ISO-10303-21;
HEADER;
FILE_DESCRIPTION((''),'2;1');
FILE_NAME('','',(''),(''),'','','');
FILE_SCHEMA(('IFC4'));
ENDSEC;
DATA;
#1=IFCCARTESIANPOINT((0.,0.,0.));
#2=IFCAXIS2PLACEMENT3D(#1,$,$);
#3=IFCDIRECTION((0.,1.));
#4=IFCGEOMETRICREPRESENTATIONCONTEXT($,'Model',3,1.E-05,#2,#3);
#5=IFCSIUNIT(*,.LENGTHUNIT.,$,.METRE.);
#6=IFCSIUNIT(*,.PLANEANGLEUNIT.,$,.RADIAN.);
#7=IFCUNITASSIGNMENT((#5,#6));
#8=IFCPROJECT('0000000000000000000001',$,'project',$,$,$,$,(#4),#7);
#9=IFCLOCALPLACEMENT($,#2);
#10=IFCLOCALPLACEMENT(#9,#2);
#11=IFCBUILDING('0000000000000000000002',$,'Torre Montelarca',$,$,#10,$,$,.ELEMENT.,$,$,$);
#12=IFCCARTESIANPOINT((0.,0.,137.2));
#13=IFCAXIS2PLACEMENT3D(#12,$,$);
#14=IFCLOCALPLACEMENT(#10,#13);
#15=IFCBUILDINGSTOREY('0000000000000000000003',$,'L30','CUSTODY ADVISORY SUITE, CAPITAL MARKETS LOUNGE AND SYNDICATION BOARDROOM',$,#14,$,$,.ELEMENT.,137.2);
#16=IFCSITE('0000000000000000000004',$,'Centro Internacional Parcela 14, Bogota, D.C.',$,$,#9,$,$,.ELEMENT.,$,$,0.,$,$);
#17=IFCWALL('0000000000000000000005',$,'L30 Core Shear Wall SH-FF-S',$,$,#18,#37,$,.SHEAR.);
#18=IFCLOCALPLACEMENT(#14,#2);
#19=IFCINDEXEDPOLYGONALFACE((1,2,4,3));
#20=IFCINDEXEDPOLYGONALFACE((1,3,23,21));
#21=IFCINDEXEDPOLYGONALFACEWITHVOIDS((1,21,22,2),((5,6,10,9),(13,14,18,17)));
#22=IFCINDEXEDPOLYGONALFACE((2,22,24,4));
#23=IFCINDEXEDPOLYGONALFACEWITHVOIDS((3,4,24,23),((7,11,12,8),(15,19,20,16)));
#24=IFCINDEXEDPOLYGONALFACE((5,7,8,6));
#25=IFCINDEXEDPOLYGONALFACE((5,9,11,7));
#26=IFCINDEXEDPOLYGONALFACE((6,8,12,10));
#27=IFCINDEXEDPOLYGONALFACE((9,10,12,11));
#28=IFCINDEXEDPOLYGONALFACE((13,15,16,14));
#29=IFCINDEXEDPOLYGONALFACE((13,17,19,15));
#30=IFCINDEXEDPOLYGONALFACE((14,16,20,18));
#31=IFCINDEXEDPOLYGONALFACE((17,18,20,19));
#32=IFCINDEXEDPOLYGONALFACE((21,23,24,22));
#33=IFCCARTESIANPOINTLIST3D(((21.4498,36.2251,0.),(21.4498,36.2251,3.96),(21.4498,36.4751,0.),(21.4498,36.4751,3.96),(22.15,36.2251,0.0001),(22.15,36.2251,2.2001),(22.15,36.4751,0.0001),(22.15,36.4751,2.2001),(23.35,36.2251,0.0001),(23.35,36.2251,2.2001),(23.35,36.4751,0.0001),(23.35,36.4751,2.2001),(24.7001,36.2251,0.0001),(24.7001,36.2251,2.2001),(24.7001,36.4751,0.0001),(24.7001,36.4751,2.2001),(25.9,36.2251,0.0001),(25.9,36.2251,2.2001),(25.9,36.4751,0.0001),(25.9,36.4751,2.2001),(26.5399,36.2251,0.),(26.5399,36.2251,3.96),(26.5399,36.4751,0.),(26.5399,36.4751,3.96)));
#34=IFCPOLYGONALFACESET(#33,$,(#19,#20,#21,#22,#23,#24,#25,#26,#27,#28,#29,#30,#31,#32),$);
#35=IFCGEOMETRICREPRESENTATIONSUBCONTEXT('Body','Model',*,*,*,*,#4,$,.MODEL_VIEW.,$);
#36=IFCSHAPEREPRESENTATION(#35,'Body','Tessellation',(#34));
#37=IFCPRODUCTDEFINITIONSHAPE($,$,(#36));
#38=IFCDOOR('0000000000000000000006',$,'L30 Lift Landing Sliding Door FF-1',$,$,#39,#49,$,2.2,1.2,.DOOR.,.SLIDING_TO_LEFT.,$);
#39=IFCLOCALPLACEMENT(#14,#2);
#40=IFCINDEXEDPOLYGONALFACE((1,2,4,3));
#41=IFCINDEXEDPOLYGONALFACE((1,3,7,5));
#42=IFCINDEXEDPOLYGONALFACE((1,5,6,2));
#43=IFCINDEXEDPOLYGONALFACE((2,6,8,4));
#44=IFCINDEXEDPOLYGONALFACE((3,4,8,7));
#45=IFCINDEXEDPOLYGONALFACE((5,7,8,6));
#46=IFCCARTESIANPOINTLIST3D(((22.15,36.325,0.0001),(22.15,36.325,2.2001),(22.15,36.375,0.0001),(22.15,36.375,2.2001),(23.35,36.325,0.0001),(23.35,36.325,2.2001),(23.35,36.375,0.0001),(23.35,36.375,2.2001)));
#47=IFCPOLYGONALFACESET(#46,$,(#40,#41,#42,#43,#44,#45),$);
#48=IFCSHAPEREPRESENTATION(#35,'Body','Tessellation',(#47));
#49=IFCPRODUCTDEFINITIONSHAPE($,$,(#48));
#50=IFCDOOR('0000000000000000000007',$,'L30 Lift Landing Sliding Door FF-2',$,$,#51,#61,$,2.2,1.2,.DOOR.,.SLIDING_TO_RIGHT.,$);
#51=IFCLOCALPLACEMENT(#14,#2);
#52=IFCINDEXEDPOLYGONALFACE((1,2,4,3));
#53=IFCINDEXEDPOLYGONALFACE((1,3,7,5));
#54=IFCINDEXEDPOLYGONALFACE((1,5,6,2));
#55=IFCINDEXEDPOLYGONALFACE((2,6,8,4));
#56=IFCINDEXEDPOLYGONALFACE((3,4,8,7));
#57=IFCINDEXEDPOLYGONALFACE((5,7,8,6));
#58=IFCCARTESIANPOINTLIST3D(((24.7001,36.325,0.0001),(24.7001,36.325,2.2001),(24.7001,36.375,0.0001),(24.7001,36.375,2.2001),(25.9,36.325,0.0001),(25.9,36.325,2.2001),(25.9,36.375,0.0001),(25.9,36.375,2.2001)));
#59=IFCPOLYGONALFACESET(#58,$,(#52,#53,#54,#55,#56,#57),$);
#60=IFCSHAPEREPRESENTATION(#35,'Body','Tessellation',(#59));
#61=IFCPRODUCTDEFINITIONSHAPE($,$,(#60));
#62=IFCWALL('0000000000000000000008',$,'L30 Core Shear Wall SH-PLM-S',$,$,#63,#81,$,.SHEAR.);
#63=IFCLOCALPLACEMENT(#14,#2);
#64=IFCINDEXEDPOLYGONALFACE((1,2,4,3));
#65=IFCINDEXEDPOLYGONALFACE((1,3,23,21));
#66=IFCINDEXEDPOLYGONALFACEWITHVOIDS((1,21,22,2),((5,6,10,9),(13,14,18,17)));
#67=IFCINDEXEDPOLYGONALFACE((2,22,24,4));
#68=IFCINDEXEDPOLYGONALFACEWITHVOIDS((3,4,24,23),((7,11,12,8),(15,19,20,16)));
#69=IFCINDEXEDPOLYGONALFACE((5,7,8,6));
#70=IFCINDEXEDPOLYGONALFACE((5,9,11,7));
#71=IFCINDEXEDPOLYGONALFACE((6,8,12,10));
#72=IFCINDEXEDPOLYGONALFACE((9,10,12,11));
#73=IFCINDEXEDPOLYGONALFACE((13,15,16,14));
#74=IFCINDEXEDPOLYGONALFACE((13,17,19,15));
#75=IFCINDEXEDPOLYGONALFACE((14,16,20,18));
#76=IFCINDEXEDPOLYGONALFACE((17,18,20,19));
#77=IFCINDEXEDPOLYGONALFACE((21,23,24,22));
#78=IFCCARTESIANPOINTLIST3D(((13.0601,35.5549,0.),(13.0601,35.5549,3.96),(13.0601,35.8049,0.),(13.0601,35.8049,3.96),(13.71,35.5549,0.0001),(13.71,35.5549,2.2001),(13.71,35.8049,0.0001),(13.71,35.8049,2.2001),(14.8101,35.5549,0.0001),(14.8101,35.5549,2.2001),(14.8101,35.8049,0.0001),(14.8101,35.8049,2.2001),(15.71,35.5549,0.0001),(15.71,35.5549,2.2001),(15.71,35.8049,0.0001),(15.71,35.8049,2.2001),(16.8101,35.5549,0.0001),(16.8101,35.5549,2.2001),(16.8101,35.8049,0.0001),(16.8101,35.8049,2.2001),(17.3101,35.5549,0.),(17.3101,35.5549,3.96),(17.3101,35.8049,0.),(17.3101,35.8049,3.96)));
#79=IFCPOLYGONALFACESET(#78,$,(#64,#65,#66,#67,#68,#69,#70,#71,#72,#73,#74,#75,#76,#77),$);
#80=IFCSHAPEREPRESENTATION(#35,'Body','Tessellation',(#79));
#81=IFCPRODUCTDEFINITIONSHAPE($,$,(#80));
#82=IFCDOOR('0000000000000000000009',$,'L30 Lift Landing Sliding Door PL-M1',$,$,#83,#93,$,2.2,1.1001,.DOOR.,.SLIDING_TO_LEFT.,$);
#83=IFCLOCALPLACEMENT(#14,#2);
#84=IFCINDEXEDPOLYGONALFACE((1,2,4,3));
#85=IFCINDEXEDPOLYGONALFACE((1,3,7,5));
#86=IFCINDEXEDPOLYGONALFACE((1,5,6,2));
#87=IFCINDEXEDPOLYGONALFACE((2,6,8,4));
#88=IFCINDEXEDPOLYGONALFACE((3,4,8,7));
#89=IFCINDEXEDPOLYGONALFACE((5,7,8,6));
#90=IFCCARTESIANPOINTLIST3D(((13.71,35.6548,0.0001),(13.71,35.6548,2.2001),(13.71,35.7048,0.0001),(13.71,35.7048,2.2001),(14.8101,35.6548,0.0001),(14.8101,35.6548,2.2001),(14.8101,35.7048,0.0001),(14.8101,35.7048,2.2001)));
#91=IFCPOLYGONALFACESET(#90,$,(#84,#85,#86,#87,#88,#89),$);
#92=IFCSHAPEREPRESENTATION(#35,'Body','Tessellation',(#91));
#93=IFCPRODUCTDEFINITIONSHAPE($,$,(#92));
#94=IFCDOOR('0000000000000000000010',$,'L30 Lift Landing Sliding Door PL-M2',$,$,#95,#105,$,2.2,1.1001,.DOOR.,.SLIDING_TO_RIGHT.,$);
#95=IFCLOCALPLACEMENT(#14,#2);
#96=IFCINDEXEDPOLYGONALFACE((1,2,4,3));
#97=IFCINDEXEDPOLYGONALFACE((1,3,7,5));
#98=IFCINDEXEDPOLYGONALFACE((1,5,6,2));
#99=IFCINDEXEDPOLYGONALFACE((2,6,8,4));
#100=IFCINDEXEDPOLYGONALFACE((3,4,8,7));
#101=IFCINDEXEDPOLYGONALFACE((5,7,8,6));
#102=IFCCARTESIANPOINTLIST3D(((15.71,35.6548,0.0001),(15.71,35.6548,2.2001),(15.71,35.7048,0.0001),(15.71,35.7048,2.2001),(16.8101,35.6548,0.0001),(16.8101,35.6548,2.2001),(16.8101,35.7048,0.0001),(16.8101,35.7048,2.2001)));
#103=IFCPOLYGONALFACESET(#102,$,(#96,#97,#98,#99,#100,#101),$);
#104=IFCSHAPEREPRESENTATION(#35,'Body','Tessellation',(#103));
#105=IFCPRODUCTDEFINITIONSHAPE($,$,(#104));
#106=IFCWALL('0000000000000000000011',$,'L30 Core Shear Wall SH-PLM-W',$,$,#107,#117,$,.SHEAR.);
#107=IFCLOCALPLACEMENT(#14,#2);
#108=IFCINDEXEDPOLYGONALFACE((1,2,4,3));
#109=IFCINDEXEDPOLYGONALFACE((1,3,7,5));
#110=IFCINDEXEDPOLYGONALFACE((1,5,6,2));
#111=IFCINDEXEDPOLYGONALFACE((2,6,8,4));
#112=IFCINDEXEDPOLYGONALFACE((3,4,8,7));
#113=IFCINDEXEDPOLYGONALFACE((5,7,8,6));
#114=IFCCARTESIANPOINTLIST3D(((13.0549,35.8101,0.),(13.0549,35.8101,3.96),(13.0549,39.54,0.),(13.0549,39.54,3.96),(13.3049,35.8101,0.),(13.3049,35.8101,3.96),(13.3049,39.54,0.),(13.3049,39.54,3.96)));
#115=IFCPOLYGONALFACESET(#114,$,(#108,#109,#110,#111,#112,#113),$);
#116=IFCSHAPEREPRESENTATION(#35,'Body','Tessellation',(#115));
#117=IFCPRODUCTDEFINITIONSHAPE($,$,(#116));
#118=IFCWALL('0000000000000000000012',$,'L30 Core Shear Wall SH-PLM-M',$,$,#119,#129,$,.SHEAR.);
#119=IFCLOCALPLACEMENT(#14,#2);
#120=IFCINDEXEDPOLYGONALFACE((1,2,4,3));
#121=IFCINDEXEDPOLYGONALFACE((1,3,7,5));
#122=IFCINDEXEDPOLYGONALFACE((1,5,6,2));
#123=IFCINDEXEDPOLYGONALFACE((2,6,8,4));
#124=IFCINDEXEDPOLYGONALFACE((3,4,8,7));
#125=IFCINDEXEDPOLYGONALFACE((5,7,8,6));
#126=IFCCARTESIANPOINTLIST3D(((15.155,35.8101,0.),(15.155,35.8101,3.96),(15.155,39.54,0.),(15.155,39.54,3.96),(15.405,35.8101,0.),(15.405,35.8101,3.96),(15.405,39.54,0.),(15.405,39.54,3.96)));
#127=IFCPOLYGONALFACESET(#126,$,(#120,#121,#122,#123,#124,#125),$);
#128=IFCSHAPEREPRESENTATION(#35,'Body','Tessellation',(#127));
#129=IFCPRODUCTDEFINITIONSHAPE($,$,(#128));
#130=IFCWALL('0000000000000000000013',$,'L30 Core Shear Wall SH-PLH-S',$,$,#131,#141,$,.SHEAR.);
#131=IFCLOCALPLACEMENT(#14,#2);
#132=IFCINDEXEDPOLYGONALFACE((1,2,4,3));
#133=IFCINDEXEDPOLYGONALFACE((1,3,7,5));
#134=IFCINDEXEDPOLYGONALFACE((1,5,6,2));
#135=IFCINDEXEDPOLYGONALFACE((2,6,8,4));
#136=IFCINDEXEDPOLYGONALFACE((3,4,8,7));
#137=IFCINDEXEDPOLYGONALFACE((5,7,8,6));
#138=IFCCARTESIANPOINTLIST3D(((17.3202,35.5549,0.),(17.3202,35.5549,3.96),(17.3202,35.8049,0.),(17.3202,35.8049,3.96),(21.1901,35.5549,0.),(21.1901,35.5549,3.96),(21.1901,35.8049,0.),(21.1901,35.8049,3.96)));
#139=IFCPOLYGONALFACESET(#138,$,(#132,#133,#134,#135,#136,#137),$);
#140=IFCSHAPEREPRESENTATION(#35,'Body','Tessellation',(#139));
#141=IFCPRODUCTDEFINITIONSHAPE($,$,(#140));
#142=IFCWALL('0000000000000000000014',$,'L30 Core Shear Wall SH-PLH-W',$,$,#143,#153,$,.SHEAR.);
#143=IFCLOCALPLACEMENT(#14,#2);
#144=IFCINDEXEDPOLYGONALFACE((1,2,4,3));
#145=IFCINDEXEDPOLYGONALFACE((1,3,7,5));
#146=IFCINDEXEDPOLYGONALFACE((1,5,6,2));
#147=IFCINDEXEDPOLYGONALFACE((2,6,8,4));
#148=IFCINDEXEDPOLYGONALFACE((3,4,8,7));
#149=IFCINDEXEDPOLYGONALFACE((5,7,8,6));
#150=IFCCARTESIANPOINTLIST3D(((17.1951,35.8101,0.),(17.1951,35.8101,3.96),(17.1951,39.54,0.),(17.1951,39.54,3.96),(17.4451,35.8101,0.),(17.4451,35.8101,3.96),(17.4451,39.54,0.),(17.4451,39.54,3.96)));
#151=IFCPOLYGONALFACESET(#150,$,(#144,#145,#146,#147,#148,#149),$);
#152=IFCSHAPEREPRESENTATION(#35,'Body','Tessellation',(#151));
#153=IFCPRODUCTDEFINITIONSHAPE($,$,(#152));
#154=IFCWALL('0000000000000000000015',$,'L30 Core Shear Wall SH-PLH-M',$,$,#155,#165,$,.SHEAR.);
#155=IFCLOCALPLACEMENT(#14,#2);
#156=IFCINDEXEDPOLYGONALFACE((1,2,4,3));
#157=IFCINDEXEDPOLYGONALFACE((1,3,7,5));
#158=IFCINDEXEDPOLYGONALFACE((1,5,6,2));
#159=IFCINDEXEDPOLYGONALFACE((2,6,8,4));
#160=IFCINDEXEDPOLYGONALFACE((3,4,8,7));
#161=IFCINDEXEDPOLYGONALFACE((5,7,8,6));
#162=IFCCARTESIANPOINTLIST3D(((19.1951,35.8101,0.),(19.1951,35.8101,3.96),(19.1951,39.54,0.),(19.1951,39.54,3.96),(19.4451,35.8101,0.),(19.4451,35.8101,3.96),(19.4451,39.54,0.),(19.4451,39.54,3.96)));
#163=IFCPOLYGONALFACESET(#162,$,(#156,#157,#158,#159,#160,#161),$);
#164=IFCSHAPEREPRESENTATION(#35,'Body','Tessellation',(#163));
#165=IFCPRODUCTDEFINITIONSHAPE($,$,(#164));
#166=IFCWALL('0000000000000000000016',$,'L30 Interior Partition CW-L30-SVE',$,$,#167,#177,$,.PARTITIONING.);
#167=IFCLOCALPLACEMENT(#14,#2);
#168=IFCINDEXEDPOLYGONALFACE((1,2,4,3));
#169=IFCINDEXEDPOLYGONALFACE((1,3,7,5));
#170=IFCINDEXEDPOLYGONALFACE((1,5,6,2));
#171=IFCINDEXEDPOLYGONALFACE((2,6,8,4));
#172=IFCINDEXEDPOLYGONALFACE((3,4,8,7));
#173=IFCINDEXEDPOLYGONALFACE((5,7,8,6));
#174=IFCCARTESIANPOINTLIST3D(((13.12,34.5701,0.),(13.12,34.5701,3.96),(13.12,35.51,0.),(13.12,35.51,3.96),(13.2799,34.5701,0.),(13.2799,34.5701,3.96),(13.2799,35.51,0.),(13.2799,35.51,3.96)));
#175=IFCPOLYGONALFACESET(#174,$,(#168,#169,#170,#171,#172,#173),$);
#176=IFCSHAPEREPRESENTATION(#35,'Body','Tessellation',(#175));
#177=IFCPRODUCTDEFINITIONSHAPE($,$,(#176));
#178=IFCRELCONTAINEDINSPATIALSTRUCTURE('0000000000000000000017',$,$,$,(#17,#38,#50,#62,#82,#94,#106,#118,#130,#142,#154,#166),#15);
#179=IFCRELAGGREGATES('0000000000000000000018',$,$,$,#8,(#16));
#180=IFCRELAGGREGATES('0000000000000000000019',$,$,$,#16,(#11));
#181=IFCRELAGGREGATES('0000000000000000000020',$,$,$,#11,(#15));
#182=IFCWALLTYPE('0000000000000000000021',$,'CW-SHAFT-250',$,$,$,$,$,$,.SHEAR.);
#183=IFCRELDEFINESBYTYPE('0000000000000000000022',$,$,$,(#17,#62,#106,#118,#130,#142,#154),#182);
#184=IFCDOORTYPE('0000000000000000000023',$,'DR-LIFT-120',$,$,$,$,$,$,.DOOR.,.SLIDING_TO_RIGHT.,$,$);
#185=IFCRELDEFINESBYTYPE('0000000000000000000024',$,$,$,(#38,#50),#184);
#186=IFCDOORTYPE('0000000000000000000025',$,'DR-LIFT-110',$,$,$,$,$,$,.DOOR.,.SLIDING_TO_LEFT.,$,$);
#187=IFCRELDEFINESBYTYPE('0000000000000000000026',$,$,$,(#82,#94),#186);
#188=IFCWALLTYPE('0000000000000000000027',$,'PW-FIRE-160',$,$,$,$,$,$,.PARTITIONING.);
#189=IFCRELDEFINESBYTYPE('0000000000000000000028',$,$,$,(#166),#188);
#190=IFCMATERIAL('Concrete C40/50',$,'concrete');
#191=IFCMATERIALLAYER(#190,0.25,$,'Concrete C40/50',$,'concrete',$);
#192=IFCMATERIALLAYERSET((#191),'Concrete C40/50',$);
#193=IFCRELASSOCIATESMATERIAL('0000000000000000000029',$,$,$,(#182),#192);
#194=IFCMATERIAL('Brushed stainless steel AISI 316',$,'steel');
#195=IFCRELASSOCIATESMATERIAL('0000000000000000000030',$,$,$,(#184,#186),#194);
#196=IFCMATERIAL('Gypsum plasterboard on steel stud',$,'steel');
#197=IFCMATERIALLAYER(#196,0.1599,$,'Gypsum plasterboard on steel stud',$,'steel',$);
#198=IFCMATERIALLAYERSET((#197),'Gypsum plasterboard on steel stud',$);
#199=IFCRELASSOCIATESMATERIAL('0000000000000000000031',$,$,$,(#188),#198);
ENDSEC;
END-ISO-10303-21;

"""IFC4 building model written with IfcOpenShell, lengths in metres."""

from ifc_helpers import new_model, si_unit, direction, frame, frame_2d, origin, place, context, subcontext, project, spatial, rectangle, extrude, source, transform, mapped, material, layer, layer_set, type_object, element, fill, save


model = new_model("IFC4")

# Units and contexts
model_context = context("Model", 3, precision=1e-05, world=origin(), true_north=direction((0.0, 1.0)))
body_context = subcontext(model_context, "Body", "Model", "MODEL_VIEW")
ifc_project = project(units=[si_unit("LENGTHUNIT", "METRE"), si_unit("PLANEANGLEUNIT", "RADIAN")], contexts=[model_context])

# Site, building, storey
site_placement = place(None, origin())
site = spatial("IfcSite", under=ifc_project, at=site_placement, Name="Centro Internacional Parcela 14, Bogota, D.C.", CompositionType="ELEMENT", RefElevation=0.0)
building_placement = place(site_placement, origin())
building = spatial("IfcBuilding", under=site, at=building_placement, Name="Torre Montelarca", CompositionType="ELEMENT")
storey_placement = place(building_placement, frame((0.0, 0.0, 137.2)))
storey = spatial("IfcBuildingStorey", under=building, at=storey_placement, Name="L30", Description="CUSTODY ADVISORY SUITE, CAPITAL MARKETS LOUNGE AND SYNDICATION BOARDROOM", CompositionType="ELEMENT", Elevation=137.2)

# Shared definitions
ifc_material_1 = material(Name="Concrete C40/50", Category="concrete")
ifc_layer_1 = layer(ifc_material_1, 0.25, Name="Concrete C40/50", Category="concrete")
ifc_layer_set_1 = layer_set([ifc_layer_1], Name="Concrete C40/50")
wall_type_1 = type_object("IfcWallType", Name="CW-SHAFT-250", PredefinedType="SHEAR", material=ifc_layer_set_1)

# Walls, openings, doors
wall_1_placement = place(storey_placement, frame((21.45, 36.3501, 0.0), z_axis=(0.0, 0.0, 1.0), x_axis=(1.0, 0.0, 0.0)))
wall_1 = element("IfcWall", 1, at=wall_1_placement, inside=storey, type_object=wall_type_1, Name="L30 Core Shear Wall SH-FF-S", PredefinedType="SHEAR", context=body_context, shape_type="SweptSolid", body=[
    extrude(rectangle(XDim=5.0901, YDim=0.25, at=frame_2d((2.5449, 0.0))), origin(), (0.0, 0.0, 1.0), 3.96),
])
opening_1_placement = place(wall_1_placement, frame((0.7, 0.0, 0.0)))
opening_1 = element("IfcOpeningElement", 2, at=opening_1_placement, cuts=wall_1, PredefinedType="OPENING", context=body_context, shape_type="SweptSolid", body=[
    extrude(rectangle(XDim=1.2, YDim=2.2, at=frame_2d((0.6001, 1.1001))), frame((0.0, 0.135, 0.0), z_axis=(0.0, -1.0, 0.0), x_axis=(1.0, 0.0, 0.0)), (0.0, 0.0, 1.0), 0.27),
])
opening_2_placement = place(wall_1_placement, frame((3.25, 0.0, 0.0)))
opening_2 = element("IfcOpeningElement", 3, at=opening_2_placement, cuts=wall_1, PredefinedType="OPENING", context=body_context, shape_type="SweptSolid", body=[
    extrude(rectangle(XDim=1.2, YDim=2.2, at=frame_2d((0.6001, 1.1001))), frame((0.0, 0.135, 0.0), z_axis=(0.0, -1.0, 0.0), x_axis=(1.0, 0.0, 0.0)), (0.0, 0.0, 1.0), 0.27),
])
ifc_material_2 = material(Name="Brushed stainless steel AISI 316", Category="steel")
door_type_1 = type_object("IfcDoorType", Name="DR-LIFT-120", OperationType="SLIDING_TO_RIGHT", PredefinedType="DOOR", material=ifc_material_2)
shared_shape_1 = source(origin(), body_context, "Body", "SweptSolid", [
    extrude(rectangle(XDim=1.2, YDim=2.2, at=frame_2d((0.6001, 1.1001))), frame((0.0, 0.0249, 0.0), z_axis=(0.0, -1.0, 0.0), x_axis=(1.0, 0.0, 0.0)), (0.0, 0.0, 1.0), 0.05),
])
door_1_placement = place(opening_1_placement, origin())
door_1 = element("IfcDoor", 4, at=door_1_placement, inside=storey, type_object=door_type_1, Name="L30 Lift Landing Sliding Door FF-1", OperationType="SLIDING_TO_LEFT", OverallHeight=2.2, OverallWidth=1.2, PredefinedType="DOOR", context=body_context, shape_type="MappedRepresentation", body=[
    mapped(shared_shape_1, transform((0.0, 0.0, 0.0), scale=1.0)),
])
fill(opening_1, door_1)
door_2_placement = place(opening_2_placement, origin())
door_2 = element("IfcDoor", 5, at=door_2_placement, inside=storey, type_object=door_type_1, Name="L30 Lift Landing Sliding Door FF-2", OperationType="SLIDING_TO_RIGHT", OverallHeight=2.2, OverallWidth=1.2, PredefinedType="DOOR", context=body_context, shape_type="MappedRepresentation", body=[
    mapped(shared_shape_1, transform((0.0, 0.0, 0.0), scale=1.0)),
])
fill(opening_2, door_2)
wall_2_placement = place(storey_placement, frame((13.0601, 35.6799, 0.0), z_axis=(0.0, 0.0, 1.0), x_axis=(1.0, 0.0, 0.0)))
wall_2 = element("IfcWall", 6, at=wall_2_placement, inside=storey, type_object=wall_type_1, Name="L30 Core Shear Wall SH-PLM-S", PredefinedType="SHEAR", context=body_context, shape_type="SweptSolid", body=[
    extrude(rectangle(XDim=4.25, YDim=0.25, at=frame_2d((2.125, 0.0))), origin(), (0.0, 0.0, 1.0), 3.96),
])
opening_3_placement = place(wall_2_placement, frame((0.6499, 0.0, 0.0)))
opening_3 = element("IfcOpeningElement", 7, at=opening_3_placement, cuts=wall_2, PredefinedType="OPENING", context=body_context, shape_type="SweptSolid", body=[
    extrude(rectangle(XDim=1.1001, YDim=2.2, at=frame_2d((0.55, 1.1001))), frame((0.0, 0.135, 0.0), z_axis=(0.0, -1.0, 0.0), x_axis=(1.0, 0.0, 0.0)), (0.0, 0.0, 1.0), 0.27),
])
opening_4_placement = place(wall_2_placement, frame((2.6499, 0.0, 0.0)))
opening_4 = element("IfcOpeningElement", 8, at=opening_4_placement, cuts=wall_2, PredefinedType="OPENING", context=body_context, shape_type="SweptSolid", body=[
    extrude(rectangle(XDim=1.1001, YDim=2.2, at=frame_2d((0.55, 1.1001))), frame((0.0, 0.135, 0.0), z_axis=(0.0, -1.0, 0.0), x_axis=(1.0, 0.0, 0.0)), (0.0, 0.0, 1.0), 0.27),
])
door_type_2 = type_object("IfcDoorType", Name="DR-LIFT-110", OperationType="SLIDING_TO_LEFT", PredefinedType="DOOR", material=ifc_material_2)
shared_shape_2 = source(origin(), body_context, "Body", "SweptSolid", [
    extrude(rectangle(XDim=1.1001, YDim=2.2, at=frame_2d((0.55, 1.1001))), frame((0.0, 0.0249, 0.0), z_axis=(0.0, -1.0, 0.0), x_axis=(1.0, 0.0, 0.0)), (0.0, 0.0, 1.0), 0.05),
])
door_3_placement = place(opening_3_placement, origin())
door_3 = element("IfcDoor", 9, at=door_3_placement, inside=storey, type_object=door_type_2, Name="L30 Lift Landing Sliding Door PL-M1", OperationType="SLIDING_TO_LEFT", OverallHeight=2.2, OverallWidth=1.1001, PredefinedType="DOOR", context=body_context, shape_type="MappedRepresentation", body=[
    mapped(shared_shape_2, transform((0.0, 0.0, 0.0), scale=1.0)),
])
fill(opening_3, door_3)
door_4_placement = place(opening_4_placement, origin())
door_4 = element("IfcDoor", 10, at=door_4_placement, inside=storey, type_object=door_type_2, Name="L30 Lift Landing Sliding Door PL-M2", OperationType="SLIDING_TO_RIGHT", OverallHeight=2.2, OverallWidth=1.1001, PredefinedType="DOOR", context=body_context, shape_type="MappedRepresentation", body=[
    mapped(shared_shape_2, transform((0.0, 0.0, 0.0), scale=1.0)),
])
fill(opening_4, door_4)

# Walls
for number, where, z_axis, x_axis, name in (
    (11, (13.1799, 35.8101, 0.0), (0.0, 0.0, 1.0), (0.0, 1.0, 0.0), "L30 Core Shear Wall SH-PLM-W"),
    (12, (15.28, 35.8101, 0.0), (0.0, 0.0, 1.0), (0.0, 1.0, 0.0), "L30 Core Shear Wall SH-PLM-M"),
):
    element("IfcWall", number, at=place(storey_placement, frame(where, z_axis=z_axis, x_axis=x_axis)), inside=storey, type_object=wall_type_1, Name=name, PredefinedType="SHEAR", context=body_context, shape_type="SweptSolid", body=[
        extrude(rectangle(XDim=3.73, YDim=0.25, at=frame_2d((1.865, 0.0))), origin(), (0.0, 0.0, 1.0), 3.96),
    ])
wall_3_placement = place(storey_placement, frame((17.3201, 35.6799, 0.0), z_axis=(0.0, 0.0, 1.0), x_axis=(1.0, 0.0, 0.0)))
element("IfcWall", 13, at=wall_3_placement, inside=storey, type_object=wall_type_1, Name="L30 Core Shear Wall SH-PLH-S", PredefinedType="SHEAR", context=body_context, shape_type="SweptSolid", body=[
    extrude(rectangle(XDim=3.8699, YDim=0.25, at=frame_2d((1.9351, 0.0))), origin(), (0.0, 0.0, 1.0), 3.96),
])
for number, where, z_axis, x_axis, name in (
    (14, (17.3201, 35.8101, 0.0), (0.0, 0.0, 1.0), (0.0, 1.0, 0.0), "L30 Core Shear Wall SH-PLH-W"),
    (15, (19.3201, 35.8101, 0.0), (0.0, 0.0, 1.0), (0.0, 1.0, 0.0), "L30 Core Shear Wall SH-PLH-M"),
):
    element("IfcWall", number, at=place(storey_placement, frame(where, z_axis=z_axis, x_axis=x_axis)), inside=storey, type_object=wall_type_1, Name=name, PredefinedType="SHEAR", context=body_context, shape_type="SweptSolid", body=[
        extrude(rectangle(XDim=3.73, YDim=0.25, at=frame_2d((1.865, 0.0))), origin(), (0.0, 0.0, 1.0), 3.96),
    ])
ifc_material_3 = material(Name="Gypsum plasterboard on steel stud", Category="steel")
ifc_layer_2 = layer(ifc_material_3, 0.1599, Name="Gypsum plasterboard on steel stud", Category="steel")
ifc_layer_set_2 = layer_set([ifc_layer_2], Name="Gypsum plasterboard on steel stud")
wall_type_2 = type_object("IfcWallType", Name="PW-FIRE-160", PredefinedType="PARTITIONING", material=ifc_layer_set_2)
wall_4_placement = place(storey_placement, frame((13.2, 34.5701, 0.0), z_axis=(0.0, 0.0, 1.0), x_axis=(0.0, 1.0, 0.0)))
element("IfcWall", 16, at=wall_4_placement, inside=storey, type_object=wall_type_2, Name="L30 Interior Partition CW-L30-SVE", PredefinedType="PARTITIONING", context=body_context, shape_type="SweptSolid", body=[
    extrude(rectangle(XDim=0.9399, YDim=0.1599, at=frame_2d((0.47, 0.0))), origin(), (0.0, 0.0, 1.0), 3.96),
])

save(model, "model.ifc")
